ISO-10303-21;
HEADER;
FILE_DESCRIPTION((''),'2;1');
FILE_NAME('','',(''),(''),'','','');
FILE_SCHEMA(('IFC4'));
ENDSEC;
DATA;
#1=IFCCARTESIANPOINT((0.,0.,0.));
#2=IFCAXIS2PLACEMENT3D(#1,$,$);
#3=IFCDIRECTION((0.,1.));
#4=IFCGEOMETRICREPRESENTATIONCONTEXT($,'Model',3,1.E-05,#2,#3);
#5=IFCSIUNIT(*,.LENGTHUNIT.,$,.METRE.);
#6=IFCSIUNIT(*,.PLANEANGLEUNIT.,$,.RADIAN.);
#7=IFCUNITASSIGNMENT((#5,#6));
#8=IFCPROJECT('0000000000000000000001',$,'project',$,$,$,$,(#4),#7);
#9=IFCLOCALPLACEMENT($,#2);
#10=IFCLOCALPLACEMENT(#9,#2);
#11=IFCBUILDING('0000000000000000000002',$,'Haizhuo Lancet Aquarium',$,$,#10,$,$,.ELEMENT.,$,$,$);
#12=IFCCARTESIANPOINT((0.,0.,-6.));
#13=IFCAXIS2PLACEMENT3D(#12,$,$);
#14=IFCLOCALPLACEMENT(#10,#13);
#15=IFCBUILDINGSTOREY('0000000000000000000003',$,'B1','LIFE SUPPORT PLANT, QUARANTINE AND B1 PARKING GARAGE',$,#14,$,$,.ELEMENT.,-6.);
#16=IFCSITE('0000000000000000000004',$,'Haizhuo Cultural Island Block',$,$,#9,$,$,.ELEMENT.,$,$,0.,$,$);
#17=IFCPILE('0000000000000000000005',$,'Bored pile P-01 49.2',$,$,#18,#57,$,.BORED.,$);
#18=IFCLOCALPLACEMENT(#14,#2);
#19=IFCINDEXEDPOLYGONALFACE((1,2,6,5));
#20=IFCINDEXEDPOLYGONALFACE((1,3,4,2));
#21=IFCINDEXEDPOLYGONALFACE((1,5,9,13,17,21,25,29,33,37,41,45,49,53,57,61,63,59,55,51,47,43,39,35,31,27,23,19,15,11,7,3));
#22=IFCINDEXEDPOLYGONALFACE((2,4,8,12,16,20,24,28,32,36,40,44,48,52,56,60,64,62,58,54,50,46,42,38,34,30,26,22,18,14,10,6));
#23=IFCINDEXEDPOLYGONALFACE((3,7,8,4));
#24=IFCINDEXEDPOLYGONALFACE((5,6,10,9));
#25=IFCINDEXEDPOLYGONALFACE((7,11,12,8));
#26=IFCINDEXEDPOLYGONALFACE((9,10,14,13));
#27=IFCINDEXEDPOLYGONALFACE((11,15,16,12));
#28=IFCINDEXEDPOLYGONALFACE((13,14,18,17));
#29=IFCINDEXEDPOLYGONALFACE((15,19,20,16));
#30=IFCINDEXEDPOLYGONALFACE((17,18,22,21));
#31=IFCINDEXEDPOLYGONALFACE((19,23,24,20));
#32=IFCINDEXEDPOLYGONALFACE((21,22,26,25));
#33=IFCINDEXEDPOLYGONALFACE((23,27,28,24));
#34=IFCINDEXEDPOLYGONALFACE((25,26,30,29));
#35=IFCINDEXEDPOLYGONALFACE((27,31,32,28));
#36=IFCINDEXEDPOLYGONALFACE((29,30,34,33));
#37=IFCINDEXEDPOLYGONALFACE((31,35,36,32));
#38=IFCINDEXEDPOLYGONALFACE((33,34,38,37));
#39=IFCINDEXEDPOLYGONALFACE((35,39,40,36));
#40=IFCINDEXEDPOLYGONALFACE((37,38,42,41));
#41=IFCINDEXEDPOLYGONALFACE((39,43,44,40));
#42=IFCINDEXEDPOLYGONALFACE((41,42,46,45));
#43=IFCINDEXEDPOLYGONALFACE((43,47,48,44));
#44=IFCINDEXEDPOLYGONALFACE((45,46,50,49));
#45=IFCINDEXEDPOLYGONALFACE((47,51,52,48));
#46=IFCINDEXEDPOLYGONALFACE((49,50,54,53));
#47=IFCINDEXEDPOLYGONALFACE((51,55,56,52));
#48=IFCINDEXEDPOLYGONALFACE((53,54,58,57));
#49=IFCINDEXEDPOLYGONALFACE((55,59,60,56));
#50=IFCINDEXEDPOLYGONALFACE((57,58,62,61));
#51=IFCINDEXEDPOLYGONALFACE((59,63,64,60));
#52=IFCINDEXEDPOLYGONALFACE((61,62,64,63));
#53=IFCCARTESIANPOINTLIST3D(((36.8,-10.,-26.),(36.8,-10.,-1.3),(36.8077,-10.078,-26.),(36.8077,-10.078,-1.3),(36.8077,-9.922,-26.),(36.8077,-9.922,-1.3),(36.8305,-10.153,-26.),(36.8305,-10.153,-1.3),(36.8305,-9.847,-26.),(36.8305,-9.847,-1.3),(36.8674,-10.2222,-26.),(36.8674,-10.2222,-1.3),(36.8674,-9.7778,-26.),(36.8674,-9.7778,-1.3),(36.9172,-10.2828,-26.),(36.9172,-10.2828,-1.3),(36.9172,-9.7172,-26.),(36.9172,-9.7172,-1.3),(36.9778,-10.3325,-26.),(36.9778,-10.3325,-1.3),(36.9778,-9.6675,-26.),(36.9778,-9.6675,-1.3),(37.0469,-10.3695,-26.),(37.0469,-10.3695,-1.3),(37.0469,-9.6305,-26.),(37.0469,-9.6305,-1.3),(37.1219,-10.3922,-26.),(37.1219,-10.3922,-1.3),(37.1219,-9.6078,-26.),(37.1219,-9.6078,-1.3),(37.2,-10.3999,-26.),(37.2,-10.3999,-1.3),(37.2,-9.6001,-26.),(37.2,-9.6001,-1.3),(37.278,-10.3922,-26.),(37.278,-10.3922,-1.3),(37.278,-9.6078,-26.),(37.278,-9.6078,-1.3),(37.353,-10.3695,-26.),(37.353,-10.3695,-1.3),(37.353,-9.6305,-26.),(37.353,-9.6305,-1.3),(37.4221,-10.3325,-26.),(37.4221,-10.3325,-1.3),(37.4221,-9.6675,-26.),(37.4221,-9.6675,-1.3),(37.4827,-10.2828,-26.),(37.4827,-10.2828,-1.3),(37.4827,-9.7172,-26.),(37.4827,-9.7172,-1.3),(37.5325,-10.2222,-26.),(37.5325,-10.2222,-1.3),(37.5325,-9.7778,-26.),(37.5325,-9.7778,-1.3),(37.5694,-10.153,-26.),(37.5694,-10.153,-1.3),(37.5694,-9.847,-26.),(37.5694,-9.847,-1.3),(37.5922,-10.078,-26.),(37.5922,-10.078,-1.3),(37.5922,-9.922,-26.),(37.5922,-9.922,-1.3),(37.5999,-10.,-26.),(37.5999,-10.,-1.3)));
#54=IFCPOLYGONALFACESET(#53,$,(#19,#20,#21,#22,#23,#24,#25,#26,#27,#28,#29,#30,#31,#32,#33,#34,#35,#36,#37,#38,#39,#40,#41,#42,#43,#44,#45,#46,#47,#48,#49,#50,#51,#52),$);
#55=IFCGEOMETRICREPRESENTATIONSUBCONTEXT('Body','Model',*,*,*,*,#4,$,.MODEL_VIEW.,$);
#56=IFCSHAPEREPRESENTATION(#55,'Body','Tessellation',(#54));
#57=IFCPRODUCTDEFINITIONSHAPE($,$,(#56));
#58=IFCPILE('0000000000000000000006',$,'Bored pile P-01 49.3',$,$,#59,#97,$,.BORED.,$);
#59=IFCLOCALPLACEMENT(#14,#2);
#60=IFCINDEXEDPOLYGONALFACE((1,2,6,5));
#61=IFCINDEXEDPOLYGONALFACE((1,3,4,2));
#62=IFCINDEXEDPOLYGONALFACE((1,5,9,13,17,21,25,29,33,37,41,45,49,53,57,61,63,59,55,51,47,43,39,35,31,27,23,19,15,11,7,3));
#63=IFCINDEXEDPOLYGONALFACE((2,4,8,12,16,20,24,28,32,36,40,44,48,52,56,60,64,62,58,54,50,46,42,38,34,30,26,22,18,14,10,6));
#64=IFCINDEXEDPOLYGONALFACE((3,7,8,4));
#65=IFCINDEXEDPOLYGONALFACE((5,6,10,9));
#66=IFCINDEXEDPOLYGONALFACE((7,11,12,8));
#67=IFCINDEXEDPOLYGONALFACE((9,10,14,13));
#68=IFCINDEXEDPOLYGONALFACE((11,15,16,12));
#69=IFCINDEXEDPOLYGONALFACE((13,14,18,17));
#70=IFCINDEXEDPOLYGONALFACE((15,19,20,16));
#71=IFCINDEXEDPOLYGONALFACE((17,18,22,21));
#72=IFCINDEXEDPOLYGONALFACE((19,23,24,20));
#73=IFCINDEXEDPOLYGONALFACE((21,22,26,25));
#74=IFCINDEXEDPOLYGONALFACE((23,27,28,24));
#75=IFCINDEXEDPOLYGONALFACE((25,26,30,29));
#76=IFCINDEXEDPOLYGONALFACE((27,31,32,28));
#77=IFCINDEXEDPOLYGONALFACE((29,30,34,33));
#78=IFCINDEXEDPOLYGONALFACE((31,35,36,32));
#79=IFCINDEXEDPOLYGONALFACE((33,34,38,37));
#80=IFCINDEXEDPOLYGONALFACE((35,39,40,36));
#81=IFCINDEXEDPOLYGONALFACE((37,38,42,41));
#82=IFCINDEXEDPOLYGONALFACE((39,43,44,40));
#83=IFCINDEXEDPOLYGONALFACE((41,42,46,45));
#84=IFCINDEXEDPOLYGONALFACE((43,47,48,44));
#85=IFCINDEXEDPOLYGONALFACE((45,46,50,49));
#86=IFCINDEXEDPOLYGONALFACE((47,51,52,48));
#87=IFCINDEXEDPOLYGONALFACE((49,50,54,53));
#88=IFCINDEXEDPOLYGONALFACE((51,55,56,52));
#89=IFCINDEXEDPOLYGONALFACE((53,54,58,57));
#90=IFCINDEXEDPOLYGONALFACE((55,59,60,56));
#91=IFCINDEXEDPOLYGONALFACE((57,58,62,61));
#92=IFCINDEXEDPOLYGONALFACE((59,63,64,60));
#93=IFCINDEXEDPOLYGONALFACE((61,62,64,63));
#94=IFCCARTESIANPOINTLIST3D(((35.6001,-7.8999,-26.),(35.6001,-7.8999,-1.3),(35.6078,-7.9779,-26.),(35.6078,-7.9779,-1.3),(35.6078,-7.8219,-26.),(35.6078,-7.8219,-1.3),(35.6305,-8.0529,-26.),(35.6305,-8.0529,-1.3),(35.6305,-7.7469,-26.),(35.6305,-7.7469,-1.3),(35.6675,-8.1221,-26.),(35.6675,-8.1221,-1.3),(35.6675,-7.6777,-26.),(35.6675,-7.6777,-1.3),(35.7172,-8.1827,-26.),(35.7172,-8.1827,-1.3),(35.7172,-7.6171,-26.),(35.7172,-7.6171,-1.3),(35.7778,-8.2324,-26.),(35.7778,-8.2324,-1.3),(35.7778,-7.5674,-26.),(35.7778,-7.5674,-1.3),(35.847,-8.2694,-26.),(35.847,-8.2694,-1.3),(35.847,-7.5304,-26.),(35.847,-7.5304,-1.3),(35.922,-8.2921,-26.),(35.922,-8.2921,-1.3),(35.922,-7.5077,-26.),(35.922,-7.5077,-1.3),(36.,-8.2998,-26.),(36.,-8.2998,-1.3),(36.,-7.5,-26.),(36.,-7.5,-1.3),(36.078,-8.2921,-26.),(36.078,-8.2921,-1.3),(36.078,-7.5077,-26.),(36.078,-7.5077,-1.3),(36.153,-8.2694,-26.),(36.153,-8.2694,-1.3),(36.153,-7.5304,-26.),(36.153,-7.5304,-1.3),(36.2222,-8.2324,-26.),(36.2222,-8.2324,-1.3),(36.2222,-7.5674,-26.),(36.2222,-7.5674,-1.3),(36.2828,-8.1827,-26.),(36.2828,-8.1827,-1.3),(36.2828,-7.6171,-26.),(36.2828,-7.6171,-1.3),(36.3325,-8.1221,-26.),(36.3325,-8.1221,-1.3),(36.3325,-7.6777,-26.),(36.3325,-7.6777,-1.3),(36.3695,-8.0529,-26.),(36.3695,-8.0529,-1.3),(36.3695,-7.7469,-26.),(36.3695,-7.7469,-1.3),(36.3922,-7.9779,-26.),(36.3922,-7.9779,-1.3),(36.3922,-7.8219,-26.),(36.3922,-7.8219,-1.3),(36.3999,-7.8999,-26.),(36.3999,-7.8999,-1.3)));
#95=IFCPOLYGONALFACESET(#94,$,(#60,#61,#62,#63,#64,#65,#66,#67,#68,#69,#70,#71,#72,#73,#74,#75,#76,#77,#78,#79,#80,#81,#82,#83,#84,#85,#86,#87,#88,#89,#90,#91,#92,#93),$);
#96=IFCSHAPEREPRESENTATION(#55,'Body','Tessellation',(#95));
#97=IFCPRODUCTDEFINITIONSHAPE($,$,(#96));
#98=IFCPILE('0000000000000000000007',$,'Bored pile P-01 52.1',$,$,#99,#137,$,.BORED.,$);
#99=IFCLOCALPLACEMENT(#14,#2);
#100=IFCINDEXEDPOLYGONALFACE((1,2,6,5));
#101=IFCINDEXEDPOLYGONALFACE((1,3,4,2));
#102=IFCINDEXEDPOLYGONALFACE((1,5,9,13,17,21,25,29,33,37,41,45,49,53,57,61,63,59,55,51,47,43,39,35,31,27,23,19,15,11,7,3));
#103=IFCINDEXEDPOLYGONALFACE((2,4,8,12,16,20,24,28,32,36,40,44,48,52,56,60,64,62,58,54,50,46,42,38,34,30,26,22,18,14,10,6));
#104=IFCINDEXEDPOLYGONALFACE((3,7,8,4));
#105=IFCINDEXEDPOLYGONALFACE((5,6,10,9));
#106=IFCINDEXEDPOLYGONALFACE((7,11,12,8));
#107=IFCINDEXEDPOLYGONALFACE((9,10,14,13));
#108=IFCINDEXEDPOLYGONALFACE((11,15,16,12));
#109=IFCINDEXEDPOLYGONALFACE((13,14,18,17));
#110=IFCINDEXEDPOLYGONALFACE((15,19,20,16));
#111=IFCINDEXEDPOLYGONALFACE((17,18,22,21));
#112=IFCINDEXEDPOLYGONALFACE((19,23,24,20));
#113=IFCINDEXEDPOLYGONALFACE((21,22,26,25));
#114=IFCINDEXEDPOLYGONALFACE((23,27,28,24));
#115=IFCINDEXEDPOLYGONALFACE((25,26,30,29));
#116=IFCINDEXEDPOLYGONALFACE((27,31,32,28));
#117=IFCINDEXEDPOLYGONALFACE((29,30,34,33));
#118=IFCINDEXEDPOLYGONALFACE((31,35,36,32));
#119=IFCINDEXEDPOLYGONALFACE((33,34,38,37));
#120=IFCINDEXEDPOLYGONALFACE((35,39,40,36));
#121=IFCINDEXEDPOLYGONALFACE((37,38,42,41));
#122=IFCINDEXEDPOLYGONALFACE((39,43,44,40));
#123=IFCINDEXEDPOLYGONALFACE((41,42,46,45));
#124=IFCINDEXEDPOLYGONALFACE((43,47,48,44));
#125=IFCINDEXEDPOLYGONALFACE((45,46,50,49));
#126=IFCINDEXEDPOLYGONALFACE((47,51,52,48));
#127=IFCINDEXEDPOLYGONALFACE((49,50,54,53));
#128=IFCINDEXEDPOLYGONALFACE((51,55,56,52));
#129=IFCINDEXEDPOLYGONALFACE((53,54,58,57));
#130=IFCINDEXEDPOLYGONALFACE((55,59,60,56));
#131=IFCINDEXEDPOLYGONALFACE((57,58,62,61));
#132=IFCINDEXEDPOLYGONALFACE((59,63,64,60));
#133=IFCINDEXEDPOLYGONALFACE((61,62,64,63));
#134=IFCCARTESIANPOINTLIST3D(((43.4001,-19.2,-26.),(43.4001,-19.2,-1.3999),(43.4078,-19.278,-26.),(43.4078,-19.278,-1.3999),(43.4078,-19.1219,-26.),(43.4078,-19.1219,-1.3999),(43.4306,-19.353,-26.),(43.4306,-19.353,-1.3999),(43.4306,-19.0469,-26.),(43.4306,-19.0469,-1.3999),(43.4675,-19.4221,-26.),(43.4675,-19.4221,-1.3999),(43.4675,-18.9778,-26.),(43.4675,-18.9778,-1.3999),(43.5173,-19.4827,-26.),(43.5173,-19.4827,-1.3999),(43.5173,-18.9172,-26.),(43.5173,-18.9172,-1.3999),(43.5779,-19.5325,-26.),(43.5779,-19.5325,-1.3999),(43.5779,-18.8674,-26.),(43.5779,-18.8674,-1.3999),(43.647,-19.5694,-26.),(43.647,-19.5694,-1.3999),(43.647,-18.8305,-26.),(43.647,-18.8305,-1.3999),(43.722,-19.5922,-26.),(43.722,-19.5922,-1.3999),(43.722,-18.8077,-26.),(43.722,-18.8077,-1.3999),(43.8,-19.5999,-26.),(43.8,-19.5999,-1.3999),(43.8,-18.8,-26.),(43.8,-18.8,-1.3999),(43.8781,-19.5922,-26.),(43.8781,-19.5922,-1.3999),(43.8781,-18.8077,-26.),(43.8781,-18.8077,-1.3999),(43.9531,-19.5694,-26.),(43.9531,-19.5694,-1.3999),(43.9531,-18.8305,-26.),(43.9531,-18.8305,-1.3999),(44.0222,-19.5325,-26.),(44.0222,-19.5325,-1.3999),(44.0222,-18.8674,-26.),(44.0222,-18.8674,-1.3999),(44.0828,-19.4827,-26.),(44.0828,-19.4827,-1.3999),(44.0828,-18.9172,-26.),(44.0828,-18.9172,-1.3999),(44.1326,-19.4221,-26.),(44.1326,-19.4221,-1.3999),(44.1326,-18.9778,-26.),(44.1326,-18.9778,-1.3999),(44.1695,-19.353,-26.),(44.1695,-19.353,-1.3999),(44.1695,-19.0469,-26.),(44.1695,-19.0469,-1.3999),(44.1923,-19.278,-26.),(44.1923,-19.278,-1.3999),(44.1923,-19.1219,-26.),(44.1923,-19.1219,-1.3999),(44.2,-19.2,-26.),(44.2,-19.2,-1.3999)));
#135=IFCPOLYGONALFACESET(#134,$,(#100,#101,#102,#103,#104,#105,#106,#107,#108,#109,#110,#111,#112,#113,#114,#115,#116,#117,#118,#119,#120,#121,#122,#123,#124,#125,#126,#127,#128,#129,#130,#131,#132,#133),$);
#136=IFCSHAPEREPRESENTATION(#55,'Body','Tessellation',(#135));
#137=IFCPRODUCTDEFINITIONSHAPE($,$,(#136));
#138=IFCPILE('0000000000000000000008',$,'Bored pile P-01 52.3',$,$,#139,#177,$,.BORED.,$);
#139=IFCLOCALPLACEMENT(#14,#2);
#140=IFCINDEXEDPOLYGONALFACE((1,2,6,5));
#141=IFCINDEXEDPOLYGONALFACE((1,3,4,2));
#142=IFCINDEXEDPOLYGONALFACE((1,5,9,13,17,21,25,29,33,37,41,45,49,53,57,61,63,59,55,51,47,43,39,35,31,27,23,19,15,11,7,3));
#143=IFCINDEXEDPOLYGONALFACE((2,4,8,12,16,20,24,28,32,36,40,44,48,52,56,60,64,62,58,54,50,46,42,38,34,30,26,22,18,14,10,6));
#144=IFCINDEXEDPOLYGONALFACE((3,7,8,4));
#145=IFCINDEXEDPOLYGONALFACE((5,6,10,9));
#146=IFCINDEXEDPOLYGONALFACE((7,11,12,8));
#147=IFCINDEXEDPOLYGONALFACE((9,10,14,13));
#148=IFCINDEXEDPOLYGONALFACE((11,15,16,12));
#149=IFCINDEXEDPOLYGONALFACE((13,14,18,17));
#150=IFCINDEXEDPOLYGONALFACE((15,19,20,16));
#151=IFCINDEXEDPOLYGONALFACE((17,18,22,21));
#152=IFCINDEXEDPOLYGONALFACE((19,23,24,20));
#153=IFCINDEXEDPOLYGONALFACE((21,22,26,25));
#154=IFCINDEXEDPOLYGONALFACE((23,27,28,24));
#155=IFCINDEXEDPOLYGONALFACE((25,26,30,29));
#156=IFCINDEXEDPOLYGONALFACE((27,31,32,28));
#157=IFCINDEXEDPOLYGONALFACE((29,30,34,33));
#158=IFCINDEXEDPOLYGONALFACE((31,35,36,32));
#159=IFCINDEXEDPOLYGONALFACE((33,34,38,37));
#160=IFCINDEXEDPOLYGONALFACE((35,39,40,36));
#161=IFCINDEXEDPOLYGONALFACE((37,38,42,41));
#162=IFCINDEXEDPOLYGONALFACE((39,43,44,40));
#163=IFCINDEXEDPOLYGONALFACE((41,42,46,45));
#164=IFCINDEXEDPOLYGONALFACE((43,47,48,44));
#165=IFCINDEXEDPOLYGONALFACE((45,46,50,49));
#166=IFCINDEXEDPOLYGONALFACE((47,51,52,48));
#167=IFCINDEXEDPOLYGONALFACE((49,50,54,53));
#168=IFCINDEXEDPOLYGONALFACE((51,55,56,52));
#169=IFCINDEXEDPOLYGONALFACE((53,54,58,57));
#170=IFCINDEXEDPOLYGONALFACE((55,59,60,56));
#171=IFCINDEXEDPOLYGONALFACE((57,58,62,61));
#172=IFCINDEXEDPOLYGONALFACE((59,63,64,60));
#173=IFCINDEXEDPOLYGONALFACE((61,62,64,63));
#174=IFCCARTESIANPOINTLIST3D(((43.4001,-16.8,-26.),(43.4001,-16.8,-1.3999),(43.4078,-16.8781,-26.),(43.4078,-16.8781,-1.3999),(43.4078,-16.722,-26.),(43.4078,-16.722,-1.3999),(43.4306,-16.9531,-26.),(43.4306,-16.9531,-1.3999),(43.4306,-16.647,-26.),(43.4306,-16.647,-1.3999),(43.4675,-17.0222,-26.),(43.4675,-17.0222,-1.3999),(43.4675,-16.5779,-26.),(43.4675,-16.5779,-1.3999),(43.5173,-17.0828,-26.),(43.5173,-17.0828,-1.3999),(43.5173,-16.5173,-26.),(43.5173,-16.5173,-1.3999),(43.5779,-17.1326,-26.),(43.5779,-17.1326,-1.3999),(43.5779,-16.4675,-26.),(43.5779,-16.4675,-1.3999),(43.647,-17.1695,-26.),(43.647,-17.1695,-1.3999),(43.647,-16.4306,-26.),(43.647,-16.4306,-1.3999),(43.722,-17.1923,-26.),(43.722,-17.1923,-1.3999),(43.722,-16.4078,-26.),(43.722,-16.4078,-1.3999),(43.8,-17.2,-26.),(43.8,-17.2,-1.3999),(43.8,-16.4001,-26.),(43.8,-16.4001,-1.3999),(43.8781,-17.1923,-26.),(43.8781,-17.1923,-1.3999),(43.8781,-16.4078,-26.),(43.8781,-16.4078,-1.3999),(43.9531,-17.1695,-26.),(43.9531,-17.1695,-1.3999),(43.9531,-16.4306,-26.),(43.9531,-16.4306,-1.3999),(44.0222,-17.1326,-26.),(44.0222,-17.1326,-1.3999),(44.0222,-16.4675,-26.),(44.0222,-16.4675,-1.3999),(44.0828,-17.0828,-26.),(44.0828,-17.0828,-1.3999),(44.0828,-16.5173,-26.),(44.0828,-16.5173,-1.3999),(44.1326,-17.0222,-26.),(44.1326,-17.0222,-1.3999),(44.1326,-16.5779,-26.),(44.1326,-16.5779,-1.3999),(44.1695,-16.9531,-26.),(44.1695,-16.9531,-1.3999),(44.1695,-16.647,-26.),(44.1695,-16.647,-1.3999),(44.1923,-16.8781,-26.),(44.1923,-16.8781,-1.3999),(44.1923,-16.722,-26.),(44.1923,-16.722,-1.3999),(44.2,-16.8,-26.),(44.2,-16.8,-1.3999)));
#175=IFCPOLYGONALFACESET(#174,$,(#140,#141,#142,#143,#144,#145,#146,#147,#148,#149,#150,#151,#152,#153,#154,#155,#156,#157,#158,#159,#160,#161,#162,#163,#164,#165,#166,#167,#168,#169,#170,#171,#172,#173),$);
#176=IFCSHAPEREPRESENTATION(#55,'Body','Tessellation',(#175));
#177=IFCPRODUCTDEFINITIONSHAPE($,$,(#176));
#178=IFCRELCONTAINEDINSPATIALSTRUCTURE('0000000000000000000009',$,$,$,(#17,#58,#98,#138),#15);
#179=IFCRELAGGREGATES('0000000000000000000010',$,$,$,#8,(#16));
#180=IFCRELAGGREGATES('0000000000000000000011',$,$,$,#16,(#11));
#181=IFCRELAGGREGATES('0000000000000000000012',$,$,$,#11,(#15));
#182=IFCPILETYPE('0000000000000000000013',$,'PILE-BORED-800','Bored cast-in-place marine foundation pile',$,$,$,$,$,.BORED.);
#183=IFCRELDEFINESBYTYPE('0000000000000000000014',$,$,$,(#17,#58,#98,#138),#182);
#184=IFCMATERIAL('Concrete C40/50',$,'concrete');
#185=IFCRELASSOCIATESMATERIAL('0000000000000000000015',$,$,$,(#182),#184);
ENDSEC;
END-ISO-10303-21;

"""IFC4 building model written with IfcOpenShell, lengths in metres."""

from ifc_helpers import new_model, si_unit, direction, frame, origin, origin_2d, place, context, subcontext, project, spatial, circle, extrude, material, material_profile, profile_set, type_object, element, save


model = new_model("IFC4")

# Units and contexts
model_context = context("Model", 3, precision=1e-05, world=origin(), true_north=direction((0.0, 1.0)))
body_context = subcontext(model_context, "Body", "Model", "MODEL_VIEW")
ifc_project = project(units=[si_unit("LENGTHUNIT", "METRE"), si_unit("PLANEANGLEUNIT", "RADIAN")], contexts=[model_context])

# Site, building, storey
site_placement = place(None, origin())
site = spatial("IfcSite", under=ifc_project, at=site_placement, Name="Haizhuo Cultural Island Block", CompositionType="ELEMENT", RefElevation=0.0)
building_placement = place(site_placement, origin())
building = spatial("IfcBuilding", under=site, at=building_placement, Name="Haizhuo Lancet Aquarium", CompositionType="ELEMENT")
storey_placement = place(building_placement, frame((0.0, 0.0, -6.0)))
storey = spatial("IfcBuildingStorey", under=building, at=storey_placement, Name="B1", Description="LIFE SUPPORT PLANT, QUARANTINE AND B1 PARKING GARAGE", CompositionType="ELEMENT", Elevation=-6.0)

# Shared definitions
ifc_material_1 = material(Name="Concrete C40/50", Category="concrete")

# Piles
ifc_material_profile_1 = material_profile(ifc_material_1, circle(Radius=0.3999, at=origin_2d()), Name="PILE-800")
ifc_profile_set_1 = profile_set([ifc_material_profile_1], Name="Concrete C40/50")
pile_type = type_object("IfcPileType", Name="PILE-BORED-800", Description="Bored cast-in-place marine foundation pile", PredefinedType="BORED", material=ifc_profile_set_1)
for number, where, z_axis, x_axis, name in (
    (1, (37.2, -10.0, -1.3), (0.0, 0.0, -1.0), (1.0, 0.0, 0.0), "Bored pile P-01 49.2"),
    (2, (36.0, -7.8999, -1.3), (0.0, 0.0, -1.0), (1.0, 0.0, 0.0), "Bored pile P-01 49.3"),
):
    element("IfcPile", number, at=place(storey_placement, frame(where, z_axis=z_axis, x_axis=x_axis)), inside=storey, type_object=pile_type, Name=name, PredefinedType="BORED", context=body_context, shape_type="SweptSolid", body=[
        extrude(circle(Radius=0.3999, at=origin_2d()), origin(), (0.0, 0.0, 1.0), 24.7),
    ])
for number, where, z_axis, x_axis, name in (
    (3, (43.8, -19.2, -1.3999), (0.0, 0.0, -1.0), (1.0, 0.0, 0.0), "Bored pile P-01 52.1"),
    (4, (43.8, -16.8, -1.3999), (0.0, 0.0, -1.0), (1.0, 0.0, 0.0), "Bored pile P-01 52.3"),
):
    element("IfcPile", number, at=place(storey_placement, frame(where, z_axis=z_axis, x_axis=x_axis)), inside=storey, type_object=pile_type, Name=name, PredefinedType="BORED", context=body_context, shape_type="SweptSolid", body=[
        extrude(circle(Radius=0.3999, at=origin_2d()), origin(), (0.0, 0.0, 1.0), 24.6001),
    ])

save(model, "model.ifc")
